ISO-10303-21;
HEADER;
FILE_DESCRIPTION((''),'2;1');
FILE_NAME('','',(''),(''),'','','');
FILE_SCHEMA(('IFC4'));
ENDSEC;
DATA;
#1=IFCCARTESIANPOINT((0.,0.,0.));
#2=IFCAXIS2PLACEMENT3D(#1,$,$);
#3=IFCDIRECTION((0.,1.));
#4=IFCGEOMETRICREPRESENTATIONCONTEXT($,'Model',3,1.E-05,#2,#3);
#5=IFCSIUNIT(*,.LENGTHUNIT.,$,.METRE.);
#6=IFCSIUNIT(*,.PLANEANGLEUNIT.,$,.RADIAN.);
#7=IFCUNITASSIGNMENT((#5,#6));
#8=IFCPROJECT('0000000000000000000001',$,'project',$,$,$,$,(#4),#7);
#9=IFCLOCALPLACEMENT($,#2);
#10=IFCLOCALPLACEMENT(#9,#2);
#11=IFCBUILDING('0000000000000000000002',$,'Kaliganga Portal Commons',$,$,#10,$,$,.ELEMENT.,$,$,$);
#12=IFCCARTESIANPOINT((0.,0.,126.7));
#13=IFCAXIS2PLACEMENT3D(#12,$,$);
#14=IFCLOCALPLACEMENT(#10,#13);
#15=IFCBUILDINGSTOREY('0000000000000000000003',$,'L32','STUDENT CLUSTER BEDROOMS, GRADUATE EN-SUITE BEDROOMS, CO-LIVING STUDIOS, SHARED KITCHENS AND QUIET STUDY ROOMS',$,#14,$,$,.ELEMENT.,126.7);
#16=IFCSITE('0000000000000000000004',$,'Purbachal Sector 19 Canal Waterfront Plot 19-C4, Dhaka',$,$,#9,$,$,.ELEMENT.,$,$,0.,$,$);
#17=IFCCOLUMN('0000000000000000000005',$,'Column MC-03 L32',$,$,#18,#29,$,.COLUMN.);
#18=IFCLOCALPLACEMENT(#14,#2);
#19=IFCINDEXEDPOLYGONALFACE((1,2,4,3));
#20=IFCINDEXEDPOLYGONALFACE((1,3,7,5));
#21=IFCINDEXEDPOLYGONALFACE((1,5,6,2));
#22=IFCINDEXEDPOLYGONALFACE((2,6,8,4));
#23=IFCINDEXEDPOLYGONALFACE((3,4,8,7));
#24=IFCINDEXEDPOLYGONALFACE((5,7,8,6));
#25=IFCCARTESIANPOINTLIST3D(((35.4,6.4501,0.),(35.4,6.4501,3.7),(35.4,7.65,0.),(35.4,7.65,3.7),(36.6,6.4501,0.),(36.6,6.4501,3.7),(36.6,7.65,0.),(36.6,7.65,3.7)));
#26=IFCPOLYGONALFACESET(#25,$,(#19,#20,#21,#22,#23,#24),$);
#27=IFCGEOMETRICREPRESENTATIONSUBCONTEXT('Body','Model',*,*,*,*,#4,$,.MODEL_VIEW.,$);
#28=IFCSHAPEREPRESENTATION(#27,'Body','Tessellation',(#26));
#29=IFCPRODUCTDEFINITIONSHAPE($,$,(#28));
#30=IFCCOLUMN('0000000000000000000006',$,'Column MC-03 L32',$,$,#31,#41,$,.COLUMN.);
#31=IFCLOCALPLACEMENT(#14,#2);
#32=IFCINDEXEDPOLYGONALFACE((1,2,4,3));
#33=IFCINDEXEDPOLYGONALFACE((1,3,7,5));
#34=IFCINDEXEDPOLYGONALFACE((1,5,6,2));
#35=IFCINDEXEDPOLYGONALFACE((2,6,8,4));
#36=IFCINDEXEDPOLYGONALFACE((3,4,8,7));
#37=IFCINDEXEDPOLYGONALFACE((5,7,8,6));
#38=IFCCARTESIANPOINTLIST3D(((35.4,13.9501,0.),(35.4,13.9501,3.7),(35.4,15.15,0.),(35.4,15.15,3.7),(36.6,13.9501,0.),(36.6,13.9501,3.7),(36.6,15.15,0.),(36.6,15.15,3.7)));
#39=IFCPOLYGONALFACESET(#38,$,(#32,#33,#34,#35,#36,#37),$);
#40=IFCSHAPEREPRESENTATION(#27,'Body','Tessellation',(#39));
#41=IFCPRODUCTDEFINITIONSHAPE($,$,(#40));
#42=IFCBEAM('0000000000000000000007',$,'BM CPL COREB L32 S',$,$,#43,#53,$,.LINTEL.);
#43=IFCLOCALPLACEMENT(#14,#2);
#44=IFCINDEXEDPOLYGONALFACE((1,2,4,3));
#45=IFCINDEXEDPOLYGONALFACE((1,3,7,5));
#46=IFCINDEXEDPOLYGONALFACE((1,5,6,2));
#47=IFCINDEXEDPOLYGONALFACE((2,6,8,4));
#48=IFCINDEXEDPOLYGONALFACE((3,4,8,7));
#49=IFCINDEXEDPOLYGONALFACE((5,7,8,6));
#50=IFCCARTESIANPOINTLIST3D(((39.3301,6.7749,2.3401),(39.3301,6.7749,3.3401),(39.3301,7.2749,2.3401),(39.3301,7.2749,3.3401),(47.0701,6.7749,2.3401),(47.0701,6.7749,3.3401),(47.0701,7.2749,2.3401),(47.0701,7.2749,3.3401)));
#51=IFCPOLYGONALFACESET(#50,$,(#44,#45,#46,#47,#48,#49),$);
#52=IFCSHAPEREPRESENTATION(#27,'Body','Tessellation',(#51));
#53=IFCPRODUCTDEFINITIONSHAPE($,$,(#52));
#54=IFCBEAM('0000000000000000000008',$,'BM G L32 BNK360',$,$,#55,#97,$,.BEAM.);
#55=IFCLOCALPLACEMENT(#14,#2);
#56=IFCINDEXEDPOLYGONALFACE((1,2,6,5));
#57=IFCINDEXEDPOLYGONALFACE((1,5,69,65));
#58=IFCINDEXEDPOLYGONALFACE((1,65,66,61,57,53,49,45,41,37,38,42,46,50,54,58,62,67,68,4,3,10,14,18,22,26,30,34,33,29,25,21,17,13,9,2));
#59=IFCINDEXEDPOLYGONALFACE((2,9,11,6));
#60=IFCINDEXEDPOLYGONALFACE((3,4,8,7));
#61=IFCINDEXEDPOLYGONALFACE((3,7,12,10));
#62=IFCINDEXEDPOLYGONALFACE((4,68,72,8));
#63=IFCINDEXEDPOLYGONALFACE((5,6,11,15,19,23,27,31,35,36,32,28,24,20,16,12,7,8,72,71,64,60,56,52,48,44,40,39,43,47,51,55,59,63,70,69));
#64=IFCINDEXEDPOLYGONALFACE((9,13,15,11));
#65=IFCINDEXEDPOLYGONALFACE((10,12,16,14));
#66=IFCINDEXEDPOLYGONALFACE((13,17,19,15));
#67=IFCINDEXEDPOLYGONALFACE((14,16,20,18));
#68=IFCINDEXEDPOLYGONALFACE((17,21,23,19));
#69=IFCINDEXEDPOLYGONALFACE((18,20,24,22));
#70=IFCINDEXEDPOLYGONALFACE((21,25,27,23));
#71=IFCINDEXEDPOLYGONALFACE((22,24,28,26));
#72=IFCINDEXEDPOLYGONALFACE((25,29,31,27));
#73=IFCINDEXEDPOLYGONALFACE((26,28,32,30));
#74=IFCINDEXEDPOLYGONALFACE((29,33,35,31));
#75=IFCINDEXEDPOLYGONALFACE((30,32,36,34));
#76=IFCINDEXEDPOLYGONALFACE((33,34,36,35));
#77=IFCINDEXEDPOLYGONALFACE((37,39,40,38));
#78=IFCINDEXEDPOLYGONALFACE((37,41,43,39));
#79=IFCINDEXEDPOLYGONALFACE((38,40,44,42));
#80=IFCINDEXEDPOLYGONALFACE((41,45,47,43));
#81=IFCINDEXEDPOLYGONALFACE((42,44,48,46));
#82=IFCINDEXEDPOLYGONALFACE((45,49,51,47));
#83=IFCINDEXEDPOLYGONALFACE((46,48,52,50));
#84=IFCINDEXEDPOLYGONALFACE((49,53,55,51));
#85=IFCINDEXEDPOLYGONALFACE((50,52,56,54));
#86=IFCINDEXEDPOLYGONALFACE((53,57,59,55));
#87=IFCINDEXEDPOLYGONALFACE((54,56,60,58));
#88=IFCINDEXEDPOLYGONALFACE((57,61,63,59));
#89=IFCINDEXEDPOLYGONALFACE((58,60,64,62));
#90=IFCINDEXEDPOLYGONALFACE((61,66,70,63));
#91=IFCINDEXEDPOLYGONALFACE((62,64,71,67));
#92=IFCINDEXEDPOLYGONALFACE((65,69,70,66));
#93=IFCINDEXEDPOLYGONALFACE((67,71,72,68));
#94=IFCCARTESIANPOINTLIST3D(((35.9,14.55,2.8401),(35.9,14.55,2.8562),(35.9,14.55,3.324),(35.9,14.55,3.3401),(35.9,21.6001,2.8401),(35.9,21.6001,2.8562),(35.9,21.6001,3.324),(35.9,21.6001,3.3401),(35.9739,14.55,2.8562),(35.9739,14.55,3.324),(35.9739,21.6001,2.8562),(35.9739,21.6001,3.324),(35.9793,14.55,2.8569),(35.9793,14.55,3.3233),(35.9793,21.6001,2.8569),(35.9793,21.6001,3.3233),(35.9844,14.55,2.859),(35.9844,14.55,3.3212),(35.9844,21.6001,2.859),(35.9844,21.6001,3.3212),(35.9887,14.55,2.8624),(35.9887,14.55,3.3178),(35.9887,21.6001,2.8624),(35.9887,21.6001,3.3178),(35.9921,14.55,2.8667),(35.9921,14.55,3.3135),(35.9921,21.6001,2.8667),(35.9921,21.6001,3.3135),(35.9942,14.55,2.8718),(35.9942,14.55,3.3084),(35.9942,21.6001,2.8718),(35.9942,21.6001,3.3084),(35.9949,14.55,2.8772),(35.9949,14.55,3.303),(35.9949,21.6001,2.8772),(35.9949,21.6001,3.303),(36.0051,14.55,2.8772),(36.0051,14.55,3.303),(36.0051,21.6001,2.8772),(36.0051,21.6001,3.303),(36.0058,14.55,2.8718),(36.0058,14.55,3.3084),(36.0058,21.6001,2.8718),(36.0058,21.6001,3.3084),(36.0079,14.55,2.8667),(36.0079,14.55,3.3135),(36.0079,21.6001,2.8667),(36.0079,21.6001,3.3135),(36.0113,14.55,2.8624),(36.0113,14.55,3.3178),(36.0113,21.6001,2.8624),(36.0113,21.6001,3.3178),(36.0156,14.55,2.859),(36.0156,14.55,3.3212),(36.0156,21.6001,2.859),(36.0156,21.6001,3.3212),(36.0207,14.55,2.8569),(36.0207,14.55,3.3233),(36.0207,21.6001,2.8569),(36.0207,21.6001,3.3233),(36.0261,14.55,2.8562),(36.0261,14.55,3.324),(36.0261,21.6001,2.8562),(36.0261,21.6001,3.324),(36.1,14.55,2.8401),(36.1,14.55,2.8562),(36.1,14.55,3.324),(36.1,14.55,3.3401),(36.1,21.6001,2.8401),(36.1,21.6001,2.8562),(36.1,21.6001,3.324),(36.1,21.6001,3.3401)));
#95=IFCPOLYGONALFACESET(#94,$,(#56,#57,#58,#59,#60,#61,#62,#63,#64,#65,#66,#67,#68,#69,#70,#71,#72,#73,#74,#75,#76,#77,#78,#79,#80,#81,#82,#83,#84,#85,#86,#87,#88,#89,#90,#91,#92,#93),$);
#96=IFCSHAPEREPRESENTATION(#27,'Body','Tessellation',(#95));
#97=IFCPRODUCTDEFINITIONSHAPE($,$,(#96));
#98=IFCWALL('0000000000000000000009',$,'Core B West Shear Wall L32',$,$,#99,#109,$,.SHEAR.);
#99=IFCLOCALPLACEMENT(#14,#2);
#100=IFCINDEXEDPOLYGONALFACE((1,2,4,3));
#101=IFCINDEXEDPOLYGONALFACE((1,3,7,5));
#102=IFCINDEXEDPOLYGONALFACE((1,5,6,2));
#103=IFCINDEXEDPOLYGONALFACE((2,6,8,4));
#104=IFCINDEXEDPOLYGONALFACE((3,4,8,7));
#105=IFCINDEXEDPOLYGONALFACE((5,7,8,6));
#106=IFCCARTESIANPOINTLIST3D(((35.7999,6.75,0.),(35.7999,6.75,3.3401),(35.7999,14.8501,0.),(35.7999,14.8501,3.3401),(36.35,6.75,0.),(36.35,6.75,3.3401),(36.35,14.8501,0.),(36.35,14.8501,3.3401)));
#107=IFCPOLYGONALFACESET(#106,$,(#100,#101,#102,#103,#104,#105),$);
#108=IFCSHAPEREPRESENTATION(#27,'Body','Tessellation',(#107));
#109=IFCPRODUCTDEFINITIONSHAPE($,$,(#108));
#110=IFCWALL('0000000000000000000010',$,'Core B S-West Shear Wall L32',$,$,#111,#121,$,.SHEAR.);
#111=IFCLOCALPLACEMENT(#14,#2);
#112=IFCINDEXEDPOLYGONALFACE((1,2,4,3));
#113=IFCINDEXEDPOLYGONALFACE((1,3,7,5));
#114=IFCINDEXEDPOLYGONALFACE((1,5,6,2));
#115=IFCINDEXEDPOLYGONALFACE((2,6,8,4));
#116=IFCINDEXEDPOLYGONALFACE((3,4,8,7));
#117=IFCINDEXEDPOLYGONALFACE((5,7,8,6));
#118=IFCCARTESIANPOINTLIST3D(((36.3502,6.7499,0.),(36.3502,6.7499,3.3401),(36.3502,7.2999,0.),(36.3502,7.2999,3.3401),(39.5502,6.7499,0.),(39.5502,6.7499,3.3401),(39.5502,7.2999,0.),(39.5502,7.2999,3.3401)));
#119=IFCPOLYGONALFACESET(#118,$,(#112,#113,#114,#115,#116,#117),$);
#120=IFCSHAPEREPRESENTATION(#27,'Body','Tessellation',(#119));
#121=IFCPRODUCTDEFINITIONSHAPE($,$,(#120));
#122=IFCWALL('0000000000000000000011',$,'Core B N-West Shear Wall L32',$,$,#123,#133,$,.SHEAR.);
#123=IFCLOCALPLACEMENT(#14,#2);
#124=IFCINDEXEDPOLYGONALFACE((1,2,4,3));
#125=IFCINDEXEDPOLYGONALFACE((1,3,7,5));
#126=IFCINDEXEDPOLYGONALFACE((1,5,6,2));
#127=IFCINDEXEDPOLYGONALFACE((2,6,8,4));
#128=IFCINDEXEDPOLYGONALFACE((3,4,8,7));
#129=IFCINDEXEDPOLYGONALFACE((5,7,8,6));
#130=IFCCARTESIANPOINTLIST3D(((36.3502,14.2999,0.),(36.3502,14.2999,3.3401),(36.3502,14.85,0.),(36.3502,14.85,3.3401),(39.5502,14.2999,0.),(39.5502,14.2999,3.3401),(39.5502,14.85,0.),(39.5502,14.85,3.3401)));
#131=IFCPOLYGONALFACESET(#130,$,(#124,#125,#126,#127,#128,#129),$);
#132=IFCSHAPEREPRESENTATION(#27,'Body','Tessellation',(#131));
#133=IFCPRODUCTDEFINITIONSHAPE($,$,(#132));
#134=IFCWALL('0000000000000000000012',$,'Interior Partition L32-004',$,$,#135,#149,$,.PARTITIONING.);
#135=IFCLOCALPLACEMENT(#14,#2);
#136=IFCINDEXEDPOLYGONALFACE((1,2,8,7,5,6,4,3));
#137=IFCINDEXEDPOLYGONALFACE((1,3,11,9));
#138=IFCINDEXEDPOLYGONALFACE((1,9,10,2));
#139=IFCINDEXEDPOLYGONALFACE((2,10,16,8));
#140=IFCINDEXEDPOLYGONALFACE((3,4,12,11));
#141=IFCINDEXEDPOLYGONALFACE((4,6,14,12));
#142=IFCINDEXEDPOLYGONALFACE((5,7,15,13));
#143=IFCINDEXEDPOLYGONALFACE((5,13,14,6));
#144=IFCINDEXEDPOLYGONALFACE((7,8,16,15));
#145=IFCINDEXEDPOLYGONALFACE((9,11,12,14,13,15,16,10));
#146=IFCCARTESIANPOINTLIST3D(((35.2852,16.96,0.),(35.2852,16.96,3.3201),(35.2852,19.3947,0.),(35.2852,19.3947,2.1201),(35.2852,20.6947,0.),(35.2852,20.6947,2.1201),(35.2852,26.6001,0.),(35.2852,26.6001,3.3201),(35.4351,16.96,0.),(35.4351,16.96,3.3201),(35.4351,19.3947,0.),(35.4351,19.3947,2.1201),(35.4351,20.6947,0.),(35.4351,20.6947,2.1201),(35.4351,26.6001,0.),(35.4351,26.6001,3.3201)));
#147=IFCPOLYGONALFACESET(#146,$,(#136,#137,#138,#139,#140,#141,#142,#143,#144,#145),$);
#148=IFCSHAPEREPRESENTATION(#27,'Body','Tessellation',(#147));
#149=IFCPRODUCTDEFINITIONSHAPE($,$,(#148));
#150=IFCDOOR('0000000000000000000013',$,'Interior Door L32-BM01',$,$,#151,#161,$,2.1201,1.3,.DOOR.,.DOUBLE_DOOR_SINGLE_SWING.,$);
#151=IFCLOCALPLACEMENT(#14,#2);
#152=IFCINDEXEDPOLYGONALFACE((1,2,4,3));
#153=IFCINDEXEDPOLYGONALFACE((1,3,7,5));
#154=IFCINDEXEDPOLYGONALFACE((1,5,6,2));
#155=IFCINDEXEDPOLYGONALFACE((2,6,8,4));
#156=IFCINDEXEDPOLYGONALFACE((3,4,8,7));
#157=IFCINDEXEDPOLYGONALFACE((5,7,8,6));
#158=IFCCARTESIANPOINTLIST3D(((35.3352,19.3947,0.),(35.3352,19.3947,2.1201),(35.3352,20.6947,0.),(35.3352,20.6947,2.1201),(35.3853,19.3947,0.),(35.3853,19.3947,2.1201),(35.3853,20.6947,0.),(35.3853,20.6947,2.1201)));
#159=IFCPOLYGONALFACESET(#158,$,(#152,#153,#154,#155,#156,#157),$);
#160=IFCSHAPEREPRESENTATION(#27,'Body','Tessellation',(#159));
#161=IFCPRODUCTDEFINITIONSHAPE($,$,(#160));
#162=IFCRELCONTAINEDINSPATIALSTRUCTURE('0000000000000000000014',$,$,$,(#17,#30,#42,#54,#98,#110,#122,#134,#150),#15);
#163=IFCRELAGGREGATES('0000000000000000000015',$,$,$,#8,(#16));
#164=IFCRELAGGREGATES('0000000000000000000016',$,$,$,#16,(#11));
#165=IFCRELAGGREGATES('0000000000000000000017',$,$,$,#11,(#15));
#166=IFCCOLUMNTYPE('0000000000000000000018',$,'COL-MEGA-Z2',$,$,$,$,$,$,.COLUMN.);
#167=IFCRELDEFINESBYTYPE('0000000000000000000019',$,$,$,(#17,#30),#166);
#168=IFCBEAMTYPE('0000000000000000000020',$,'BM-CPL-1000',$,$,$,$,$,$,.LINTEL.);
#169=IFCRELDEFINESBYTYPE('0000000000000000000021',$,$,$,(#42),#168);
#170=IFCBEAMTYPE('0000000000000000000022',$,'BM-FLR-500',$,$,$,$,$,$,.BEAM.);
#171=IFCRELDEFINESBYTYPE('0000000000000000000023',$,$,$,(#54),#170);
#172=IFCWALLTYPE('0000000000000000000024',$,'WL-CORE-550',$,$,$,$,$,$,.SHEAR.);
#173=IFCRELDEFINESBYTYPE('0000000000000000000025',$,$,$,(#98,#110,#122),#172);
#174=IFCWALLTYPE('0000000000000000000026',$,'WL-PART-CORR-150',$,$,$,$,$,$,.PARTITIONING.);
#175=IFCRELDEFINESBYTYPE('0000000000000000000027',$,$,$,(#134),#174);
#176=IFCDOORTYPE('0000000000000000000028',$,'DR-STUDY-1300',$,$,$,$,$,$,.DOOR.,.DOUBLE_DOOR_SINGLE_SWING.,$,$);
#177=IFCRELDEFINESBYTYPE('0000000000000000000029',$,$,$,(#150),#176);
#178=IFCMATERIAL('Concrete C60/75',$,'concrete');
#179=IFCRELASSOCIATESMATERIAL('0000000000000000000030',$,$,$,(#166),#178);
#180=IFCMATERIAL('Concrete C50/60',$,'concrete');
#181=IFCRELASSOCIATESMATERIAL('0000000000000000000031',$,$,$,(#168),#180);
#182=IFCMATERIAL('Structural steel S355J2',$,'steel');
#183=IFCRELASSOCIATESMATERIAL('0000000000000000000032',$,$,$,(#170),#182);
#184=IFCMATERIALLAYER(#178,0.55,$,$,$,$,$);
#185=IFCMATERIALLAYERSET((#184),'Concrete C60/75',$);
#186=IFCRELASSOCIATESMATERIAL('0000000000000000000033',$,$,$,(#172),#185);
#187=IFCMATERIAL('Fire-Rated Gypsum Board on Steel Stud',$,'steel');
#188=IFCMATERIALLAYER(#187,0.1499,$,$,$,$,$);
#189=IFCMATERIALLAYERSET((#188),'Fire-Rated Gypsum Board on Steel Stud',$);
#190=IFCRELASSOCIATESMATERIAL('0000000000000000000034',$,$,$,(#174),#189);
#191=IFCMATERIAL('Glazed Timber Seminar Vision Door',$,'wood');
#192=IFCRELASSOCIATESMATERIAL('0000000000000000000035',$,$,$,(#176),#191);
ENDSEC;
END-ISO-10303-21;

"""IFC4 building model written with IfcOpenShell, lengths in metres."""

from ifc_helpers import new_model, si_unit, direction, frame, frame_2d, origin, origin_2d, place, context, subcontext, project, spatial, rectangle, i_section, extrude, source, transform, mapped, material, layer, layer_set, material_profile, profile_set, type_object, element, fill, save


model = new_model("IFC4")

# Units and contexts
model_context = context("Model", 3, precision=1e-05, world=origin(), true_north=direction((0.0, 1.0)))
body_context = subcontext(model_context, "Body", "Model", "MODEL_VIEW")
ifc_project = project(units=[si_unit("LENGTHUNIT", "METRE"), si_unit("PLANEANGLEUNIT", "RADIAN")], contexts=[model_context])

# Site, building, storey
site_placement = place(None, origin())
site = spatial("IfcSite", under=ifc_project, at=site_placement, Name="Purbachal Sector 19 Canal Waterfront Plot 19-C4, Dhaka", CompositionType="ELEMENT", RefElevation=0.0)
building_placement = place(site_placement, origin())
building = spatial("IfcBuilding", under=site, at=building_placement, Name="Kaliganga Portal Commons", CompositionType="ELEMENT")
storey_placement = place(building_placement, frame((0.0, 0.0, 126.7)))
storey = spatial("IfcBuildingStorey", under=building, at=storey_placement, Name="L32", Description="STUDENT CLUSTER BEDROOMS, GRADUATE EN-SUITE BEDROOMS, CO-LIVING STUDIOS, SHARED KITCHENS AND QUIET STUDY ROOMS", CompositionType="ELEMENT", Elevation=126.7)

# Columns
ifc_material_1 = material(Name="Concrete C60/75", Category="concrete")
ifc_material_profile_1 = material_profile(ifc_material_1, rectangle(XDim=1.2, YDim=1.2, at=origin_2d()), Name="RC 1200x1200")
ifc_profile_set_1 = profile_set([ifc_material_profile_1], Name="Concrete C60/75")
column_type = type_object("IfcColumnType", Name="COL-MEGA-Z2", PredefinedType="COLUMN", material=ifc_profile_set_1)
shared_shape_1 = source(origin(), body_context, "Body", "SweptSolid", [
    extrude(rectangle(XDim=1.2, YDim=1.2, at=origin_2d()), origin(), (0.0, 0.0, 1.0), 3.7),
])
for number, where, z_axis, x_axis, name in (
    (1, (36.0, 7.05, 0.0), (0.0, 0.0, 1.0), (1.0, 0.0, 0.0), "Column MC-03 L32"),
    (2, (36.0, 14.55, 0.0), (0.0, 0.0, 1.0), (1.0, 0.0, 0.0), "Column MC-03 L32"),
):
    element("IfcColumn", number, at=place(storey_placement, frame(where, z_axis=z_axis, x_axis=x_axis)), inside=storey, type_object=column_type, Name=name, PredefinedType="COLUMN", context=body_context, shape_type="MappedRepresentation", body=[
        mapped(shared_shape_1, transform((0.0, 0.0, 0.0), x_axis=(1.0, 0.0, 0.0), y_axis=(0.0, 1.0, 0.0), z_axis=(0.0, 0.0, 1.0), scale=1.0)),
    ])

# Beams
ifc_material_2 = material(Name="Concrete C50/60", Category="concrete")
ifc_material_profile_2 = material_profile(ifc_material_2, rectangle(XDim=0.5, YDim=1.0, at=origin_2d()), Name="RC 500x1000")
ifc_profile_set_2 = profile_set([ifc_material_profile_2], Name="Concrete C50/60")
beam_type_1 = type_object("IfcBeamType", Name="BM-CPL-1000", PredefinedType="LINTEL", material=ifc_profile_set_2)
shared_shape_2 = source(origin(), body_context, "Body", "SweptSolid", [
    extrude(rectangle(XDim=0.5, YDim=1.0, at=origin_2d()), origin(), (0.0, 0.0, 1.0), 7.74),
])
beam_1_placement = place(storey_placement, frame((39.3301, 7.0249, 2.8401), z_axis=(1.0, 0.0, 0.0), x_axis=(0.0, 1.0, 0.0)))
element("IfcBeam", 3, at=beam_1_placement, inside=storey, type_object=beam_type_1, Name="BM CPL COREB L32 S", PredefinedType="LINTEL", context=body_context, shape_type="MappedRepresentation", body=[
    mapped(shared_shape_2, transform((0.0, 0.0, 0.0), x_axis=(1.0, 0.0, 0.0), y_axis=(0.0, 1.0, 0.0), z_axis=(0.0, 0.0, 1.0), scale=1.0)),
])
ifc_material_3 = material(Name="Structural steel S355J2", Category="steel")
ifc_material_profile_3 = material_profile(ifc_material_3, i_section(OverallWidth=0.2, OverallDepth=0.5, WebThickness=0.0103, FlangeThickness=0.0161, FilletRadius=0.021, at=origin_2d()), Name="IPE 500")
ifc_profile_set_3 = profile_set([ifc_material_profile_3], Name="Structural steel S355J2 wide-flange")
beam_type_2 = type_object("IfcBeamType", Name="BM-FLR-500", PredefinedType="BEAM", material=ifc_profile_set_3)
shared_shape_3 = source(origin(), body_context, "Body", "SweptSolid", [
    extrude(i_section(OverallWidth=0.2, OverallDepth=0.5, WebThickness=0.0103, FlangeThickness=0.0161, FilletRadius=0.021, at=origin_2d()), origin(), (0.0, 0.0, 1.0), 7.05),
])
beam_2_placement = place(storey_placement, frame((36.0, 14.55, 3.0901), z_axis=(0.0, 1.0, 0.0), x_axis=(-1.0, 0.0, 0.0)))
element("IfcBeam", 4, at=beam_2_placement, inside=storey, type_object=beam_type_2, Name="BM G L32 BNK360", PredefinedType="BEAM", context=body_context, shape_type="MappedRepresentation", body=[
    mapped(shared_shape_3, transform((0.0, 0.0, 0.0), x_axis=(1.0, 0.0, 0.0), y_axis=(0.0, 1.0, 0.0), z_axis=(0.0, 0.0, 1.0), scale=1.0)),
])

# Walls
ifc_layer_1 = layer(ifc_material_1, 0.55)
ifc_layer_set_1 = layer_set([ifc_layer_1], Name="Concrete C60/75")
wall_type_1 = type_object("IfcWallType", Name="WL-CORE-550", PredefinedType="SHEAR", material=ifc_layer_set_1)
wall_1_placement = place(storey_placement, frame((36.075, 6.75, 0.0), z_axis=(0.0, 0.0, 1.0), x_axis=(0.0, 1.0, 0.0)))
element("IfcWall", 5, at=wall_1_placement, inside=storey, type_object=wall_type_1, Name="Core B West Shear Wall L32", PredefinedType="SHEAR", context=body_context, shape_type="SweptSolid", body=[
    extrude(rectangle(XDim=8.1001, YDim=0.55, at=frame_2d((4.05, 0.0))), origin(), (0.0, 0.0, 1.0), 3.3401),
])
for number, where, z_axis, x_axis, name in (
    (6, (36.3501, 7.0249, 0.0), (0.0, 0.0, 1.0), (1.0, 0.0, 0.0), "Core B S-West Shear Wall L32"),
    (7, (36.3501, 14.575, 0.0), (0.0, 0.0, 1.0), (1.0, 0.0, 0.0), "Core B N-West Shear Wall L32"),
):
    element("IfcWall", number, at=place(storey_placement, frame(where, z_axis=z_axis, x_axis=x_axis)), inside=storey, type_object=wall_type_1, Name=name, PredefinedType="SHEAR", context=body_context, shape_type="SweptSolid", body=[
        extrude(rectangle(XDim=3.2, YDim=0.55, at=frame_2d((1.6001, 0.0))), origin(), (0.0, 0.0, 1.0), 3.3401),
    ])

# Wall, opening, door
ifc_material_4 = material(Name="Fire-Rated Gypsum Board on Steel Stud", Category="steel")
ifc_layer_2 = layer(ifc_material_4, 0.1499)
ifc_layer_set_2 = layer_set([ifc_layer_2], Name="Fire-Rated Gypsum Board on Steel Stud")
wall_type_2 = type_object("IfcWallType", Name="WL-PART-CORR-150", PredefinedType="PARTITIONING", material=ifc_layer_set_2)
wall_2_placement = place(storey_placement, frame((35.3601, 16.96, 0.0), z_axis=(0.0, 0.0, 1.0), x_axis=(0.0, 1.0, 0.0)))
wall_2 = element("IfcWall", 8, at=wall_2_placement, inside=storey, type_object=wall_type_2, Name="Interior Partition L32-004", PredefinedType="PARTITIONING", context=body_context, shape_type="SweptSolid", body=[
    extrude(rectangle(XDim=9.6401, YDim=0.1499, at=frame_2d((4.8201, 0.0))), origin(), (0.0, 0.0, 1.0), 3.3201),
])
opening_1_placement = place(wall_2_placement, frame((2.4348, 0.0, 0.0)))
opening_1 = element("IfcOpeningElement", 9, at=opening_1_placement, cuts=wall_2, PredefinedType="OPENING", context=body_context, shape_type="SweptSolid", body=[
    extrude(rectangle(XDim=1.3, YDim=2.1201, at=frame_2d((0.6499, 1.0601))), frame((0.0, 0.085, 0.0), z_axis=(0.0, -1.0, 0.0), x_axis=(1.0, 0.0, 0.0)), (0.0, 0.0, 1.0), 0.1699),
])
ifc_material_5 = material(Name="Glazed Timber Seminar Vision Door", Category="wood")
door_type = type_object("IfcDoorType", Name="DR-STUDY-1300", OperationType="DOUBLE_DOOR_SINGLE_SWING", PredefinedType="DOOR", material=ifc_material_5)
door_1_placement = place(opening_1_placement, origin())
door_1 = element("IfcDoor", 10, at=door_1_placement, inside=storey, type_object=door_type, Name="Interior Door L32-BM01", OperationType="DOUBLE_DOOR_SINGLE_SWING", OverallHeight=2.1201, OverallWidth=1.3, PredefinedType="DOOR", context=body_context, shape_type="SweptSolid", body=[
    extrude(rectangle(XDim=1.3, YDim=2.1201, at=frame_2d((0.6499, 1.0601))), frame((0.0, 0.0249, 0.0), z_axis=(0.0, -1.0, 0.0), x_axis=(1.0, 0.0, 0.0)), (0.0, 0.0, 1.0), 0.05),
])
fill(opening_1, door_1)

save(model, "model.ifc")
